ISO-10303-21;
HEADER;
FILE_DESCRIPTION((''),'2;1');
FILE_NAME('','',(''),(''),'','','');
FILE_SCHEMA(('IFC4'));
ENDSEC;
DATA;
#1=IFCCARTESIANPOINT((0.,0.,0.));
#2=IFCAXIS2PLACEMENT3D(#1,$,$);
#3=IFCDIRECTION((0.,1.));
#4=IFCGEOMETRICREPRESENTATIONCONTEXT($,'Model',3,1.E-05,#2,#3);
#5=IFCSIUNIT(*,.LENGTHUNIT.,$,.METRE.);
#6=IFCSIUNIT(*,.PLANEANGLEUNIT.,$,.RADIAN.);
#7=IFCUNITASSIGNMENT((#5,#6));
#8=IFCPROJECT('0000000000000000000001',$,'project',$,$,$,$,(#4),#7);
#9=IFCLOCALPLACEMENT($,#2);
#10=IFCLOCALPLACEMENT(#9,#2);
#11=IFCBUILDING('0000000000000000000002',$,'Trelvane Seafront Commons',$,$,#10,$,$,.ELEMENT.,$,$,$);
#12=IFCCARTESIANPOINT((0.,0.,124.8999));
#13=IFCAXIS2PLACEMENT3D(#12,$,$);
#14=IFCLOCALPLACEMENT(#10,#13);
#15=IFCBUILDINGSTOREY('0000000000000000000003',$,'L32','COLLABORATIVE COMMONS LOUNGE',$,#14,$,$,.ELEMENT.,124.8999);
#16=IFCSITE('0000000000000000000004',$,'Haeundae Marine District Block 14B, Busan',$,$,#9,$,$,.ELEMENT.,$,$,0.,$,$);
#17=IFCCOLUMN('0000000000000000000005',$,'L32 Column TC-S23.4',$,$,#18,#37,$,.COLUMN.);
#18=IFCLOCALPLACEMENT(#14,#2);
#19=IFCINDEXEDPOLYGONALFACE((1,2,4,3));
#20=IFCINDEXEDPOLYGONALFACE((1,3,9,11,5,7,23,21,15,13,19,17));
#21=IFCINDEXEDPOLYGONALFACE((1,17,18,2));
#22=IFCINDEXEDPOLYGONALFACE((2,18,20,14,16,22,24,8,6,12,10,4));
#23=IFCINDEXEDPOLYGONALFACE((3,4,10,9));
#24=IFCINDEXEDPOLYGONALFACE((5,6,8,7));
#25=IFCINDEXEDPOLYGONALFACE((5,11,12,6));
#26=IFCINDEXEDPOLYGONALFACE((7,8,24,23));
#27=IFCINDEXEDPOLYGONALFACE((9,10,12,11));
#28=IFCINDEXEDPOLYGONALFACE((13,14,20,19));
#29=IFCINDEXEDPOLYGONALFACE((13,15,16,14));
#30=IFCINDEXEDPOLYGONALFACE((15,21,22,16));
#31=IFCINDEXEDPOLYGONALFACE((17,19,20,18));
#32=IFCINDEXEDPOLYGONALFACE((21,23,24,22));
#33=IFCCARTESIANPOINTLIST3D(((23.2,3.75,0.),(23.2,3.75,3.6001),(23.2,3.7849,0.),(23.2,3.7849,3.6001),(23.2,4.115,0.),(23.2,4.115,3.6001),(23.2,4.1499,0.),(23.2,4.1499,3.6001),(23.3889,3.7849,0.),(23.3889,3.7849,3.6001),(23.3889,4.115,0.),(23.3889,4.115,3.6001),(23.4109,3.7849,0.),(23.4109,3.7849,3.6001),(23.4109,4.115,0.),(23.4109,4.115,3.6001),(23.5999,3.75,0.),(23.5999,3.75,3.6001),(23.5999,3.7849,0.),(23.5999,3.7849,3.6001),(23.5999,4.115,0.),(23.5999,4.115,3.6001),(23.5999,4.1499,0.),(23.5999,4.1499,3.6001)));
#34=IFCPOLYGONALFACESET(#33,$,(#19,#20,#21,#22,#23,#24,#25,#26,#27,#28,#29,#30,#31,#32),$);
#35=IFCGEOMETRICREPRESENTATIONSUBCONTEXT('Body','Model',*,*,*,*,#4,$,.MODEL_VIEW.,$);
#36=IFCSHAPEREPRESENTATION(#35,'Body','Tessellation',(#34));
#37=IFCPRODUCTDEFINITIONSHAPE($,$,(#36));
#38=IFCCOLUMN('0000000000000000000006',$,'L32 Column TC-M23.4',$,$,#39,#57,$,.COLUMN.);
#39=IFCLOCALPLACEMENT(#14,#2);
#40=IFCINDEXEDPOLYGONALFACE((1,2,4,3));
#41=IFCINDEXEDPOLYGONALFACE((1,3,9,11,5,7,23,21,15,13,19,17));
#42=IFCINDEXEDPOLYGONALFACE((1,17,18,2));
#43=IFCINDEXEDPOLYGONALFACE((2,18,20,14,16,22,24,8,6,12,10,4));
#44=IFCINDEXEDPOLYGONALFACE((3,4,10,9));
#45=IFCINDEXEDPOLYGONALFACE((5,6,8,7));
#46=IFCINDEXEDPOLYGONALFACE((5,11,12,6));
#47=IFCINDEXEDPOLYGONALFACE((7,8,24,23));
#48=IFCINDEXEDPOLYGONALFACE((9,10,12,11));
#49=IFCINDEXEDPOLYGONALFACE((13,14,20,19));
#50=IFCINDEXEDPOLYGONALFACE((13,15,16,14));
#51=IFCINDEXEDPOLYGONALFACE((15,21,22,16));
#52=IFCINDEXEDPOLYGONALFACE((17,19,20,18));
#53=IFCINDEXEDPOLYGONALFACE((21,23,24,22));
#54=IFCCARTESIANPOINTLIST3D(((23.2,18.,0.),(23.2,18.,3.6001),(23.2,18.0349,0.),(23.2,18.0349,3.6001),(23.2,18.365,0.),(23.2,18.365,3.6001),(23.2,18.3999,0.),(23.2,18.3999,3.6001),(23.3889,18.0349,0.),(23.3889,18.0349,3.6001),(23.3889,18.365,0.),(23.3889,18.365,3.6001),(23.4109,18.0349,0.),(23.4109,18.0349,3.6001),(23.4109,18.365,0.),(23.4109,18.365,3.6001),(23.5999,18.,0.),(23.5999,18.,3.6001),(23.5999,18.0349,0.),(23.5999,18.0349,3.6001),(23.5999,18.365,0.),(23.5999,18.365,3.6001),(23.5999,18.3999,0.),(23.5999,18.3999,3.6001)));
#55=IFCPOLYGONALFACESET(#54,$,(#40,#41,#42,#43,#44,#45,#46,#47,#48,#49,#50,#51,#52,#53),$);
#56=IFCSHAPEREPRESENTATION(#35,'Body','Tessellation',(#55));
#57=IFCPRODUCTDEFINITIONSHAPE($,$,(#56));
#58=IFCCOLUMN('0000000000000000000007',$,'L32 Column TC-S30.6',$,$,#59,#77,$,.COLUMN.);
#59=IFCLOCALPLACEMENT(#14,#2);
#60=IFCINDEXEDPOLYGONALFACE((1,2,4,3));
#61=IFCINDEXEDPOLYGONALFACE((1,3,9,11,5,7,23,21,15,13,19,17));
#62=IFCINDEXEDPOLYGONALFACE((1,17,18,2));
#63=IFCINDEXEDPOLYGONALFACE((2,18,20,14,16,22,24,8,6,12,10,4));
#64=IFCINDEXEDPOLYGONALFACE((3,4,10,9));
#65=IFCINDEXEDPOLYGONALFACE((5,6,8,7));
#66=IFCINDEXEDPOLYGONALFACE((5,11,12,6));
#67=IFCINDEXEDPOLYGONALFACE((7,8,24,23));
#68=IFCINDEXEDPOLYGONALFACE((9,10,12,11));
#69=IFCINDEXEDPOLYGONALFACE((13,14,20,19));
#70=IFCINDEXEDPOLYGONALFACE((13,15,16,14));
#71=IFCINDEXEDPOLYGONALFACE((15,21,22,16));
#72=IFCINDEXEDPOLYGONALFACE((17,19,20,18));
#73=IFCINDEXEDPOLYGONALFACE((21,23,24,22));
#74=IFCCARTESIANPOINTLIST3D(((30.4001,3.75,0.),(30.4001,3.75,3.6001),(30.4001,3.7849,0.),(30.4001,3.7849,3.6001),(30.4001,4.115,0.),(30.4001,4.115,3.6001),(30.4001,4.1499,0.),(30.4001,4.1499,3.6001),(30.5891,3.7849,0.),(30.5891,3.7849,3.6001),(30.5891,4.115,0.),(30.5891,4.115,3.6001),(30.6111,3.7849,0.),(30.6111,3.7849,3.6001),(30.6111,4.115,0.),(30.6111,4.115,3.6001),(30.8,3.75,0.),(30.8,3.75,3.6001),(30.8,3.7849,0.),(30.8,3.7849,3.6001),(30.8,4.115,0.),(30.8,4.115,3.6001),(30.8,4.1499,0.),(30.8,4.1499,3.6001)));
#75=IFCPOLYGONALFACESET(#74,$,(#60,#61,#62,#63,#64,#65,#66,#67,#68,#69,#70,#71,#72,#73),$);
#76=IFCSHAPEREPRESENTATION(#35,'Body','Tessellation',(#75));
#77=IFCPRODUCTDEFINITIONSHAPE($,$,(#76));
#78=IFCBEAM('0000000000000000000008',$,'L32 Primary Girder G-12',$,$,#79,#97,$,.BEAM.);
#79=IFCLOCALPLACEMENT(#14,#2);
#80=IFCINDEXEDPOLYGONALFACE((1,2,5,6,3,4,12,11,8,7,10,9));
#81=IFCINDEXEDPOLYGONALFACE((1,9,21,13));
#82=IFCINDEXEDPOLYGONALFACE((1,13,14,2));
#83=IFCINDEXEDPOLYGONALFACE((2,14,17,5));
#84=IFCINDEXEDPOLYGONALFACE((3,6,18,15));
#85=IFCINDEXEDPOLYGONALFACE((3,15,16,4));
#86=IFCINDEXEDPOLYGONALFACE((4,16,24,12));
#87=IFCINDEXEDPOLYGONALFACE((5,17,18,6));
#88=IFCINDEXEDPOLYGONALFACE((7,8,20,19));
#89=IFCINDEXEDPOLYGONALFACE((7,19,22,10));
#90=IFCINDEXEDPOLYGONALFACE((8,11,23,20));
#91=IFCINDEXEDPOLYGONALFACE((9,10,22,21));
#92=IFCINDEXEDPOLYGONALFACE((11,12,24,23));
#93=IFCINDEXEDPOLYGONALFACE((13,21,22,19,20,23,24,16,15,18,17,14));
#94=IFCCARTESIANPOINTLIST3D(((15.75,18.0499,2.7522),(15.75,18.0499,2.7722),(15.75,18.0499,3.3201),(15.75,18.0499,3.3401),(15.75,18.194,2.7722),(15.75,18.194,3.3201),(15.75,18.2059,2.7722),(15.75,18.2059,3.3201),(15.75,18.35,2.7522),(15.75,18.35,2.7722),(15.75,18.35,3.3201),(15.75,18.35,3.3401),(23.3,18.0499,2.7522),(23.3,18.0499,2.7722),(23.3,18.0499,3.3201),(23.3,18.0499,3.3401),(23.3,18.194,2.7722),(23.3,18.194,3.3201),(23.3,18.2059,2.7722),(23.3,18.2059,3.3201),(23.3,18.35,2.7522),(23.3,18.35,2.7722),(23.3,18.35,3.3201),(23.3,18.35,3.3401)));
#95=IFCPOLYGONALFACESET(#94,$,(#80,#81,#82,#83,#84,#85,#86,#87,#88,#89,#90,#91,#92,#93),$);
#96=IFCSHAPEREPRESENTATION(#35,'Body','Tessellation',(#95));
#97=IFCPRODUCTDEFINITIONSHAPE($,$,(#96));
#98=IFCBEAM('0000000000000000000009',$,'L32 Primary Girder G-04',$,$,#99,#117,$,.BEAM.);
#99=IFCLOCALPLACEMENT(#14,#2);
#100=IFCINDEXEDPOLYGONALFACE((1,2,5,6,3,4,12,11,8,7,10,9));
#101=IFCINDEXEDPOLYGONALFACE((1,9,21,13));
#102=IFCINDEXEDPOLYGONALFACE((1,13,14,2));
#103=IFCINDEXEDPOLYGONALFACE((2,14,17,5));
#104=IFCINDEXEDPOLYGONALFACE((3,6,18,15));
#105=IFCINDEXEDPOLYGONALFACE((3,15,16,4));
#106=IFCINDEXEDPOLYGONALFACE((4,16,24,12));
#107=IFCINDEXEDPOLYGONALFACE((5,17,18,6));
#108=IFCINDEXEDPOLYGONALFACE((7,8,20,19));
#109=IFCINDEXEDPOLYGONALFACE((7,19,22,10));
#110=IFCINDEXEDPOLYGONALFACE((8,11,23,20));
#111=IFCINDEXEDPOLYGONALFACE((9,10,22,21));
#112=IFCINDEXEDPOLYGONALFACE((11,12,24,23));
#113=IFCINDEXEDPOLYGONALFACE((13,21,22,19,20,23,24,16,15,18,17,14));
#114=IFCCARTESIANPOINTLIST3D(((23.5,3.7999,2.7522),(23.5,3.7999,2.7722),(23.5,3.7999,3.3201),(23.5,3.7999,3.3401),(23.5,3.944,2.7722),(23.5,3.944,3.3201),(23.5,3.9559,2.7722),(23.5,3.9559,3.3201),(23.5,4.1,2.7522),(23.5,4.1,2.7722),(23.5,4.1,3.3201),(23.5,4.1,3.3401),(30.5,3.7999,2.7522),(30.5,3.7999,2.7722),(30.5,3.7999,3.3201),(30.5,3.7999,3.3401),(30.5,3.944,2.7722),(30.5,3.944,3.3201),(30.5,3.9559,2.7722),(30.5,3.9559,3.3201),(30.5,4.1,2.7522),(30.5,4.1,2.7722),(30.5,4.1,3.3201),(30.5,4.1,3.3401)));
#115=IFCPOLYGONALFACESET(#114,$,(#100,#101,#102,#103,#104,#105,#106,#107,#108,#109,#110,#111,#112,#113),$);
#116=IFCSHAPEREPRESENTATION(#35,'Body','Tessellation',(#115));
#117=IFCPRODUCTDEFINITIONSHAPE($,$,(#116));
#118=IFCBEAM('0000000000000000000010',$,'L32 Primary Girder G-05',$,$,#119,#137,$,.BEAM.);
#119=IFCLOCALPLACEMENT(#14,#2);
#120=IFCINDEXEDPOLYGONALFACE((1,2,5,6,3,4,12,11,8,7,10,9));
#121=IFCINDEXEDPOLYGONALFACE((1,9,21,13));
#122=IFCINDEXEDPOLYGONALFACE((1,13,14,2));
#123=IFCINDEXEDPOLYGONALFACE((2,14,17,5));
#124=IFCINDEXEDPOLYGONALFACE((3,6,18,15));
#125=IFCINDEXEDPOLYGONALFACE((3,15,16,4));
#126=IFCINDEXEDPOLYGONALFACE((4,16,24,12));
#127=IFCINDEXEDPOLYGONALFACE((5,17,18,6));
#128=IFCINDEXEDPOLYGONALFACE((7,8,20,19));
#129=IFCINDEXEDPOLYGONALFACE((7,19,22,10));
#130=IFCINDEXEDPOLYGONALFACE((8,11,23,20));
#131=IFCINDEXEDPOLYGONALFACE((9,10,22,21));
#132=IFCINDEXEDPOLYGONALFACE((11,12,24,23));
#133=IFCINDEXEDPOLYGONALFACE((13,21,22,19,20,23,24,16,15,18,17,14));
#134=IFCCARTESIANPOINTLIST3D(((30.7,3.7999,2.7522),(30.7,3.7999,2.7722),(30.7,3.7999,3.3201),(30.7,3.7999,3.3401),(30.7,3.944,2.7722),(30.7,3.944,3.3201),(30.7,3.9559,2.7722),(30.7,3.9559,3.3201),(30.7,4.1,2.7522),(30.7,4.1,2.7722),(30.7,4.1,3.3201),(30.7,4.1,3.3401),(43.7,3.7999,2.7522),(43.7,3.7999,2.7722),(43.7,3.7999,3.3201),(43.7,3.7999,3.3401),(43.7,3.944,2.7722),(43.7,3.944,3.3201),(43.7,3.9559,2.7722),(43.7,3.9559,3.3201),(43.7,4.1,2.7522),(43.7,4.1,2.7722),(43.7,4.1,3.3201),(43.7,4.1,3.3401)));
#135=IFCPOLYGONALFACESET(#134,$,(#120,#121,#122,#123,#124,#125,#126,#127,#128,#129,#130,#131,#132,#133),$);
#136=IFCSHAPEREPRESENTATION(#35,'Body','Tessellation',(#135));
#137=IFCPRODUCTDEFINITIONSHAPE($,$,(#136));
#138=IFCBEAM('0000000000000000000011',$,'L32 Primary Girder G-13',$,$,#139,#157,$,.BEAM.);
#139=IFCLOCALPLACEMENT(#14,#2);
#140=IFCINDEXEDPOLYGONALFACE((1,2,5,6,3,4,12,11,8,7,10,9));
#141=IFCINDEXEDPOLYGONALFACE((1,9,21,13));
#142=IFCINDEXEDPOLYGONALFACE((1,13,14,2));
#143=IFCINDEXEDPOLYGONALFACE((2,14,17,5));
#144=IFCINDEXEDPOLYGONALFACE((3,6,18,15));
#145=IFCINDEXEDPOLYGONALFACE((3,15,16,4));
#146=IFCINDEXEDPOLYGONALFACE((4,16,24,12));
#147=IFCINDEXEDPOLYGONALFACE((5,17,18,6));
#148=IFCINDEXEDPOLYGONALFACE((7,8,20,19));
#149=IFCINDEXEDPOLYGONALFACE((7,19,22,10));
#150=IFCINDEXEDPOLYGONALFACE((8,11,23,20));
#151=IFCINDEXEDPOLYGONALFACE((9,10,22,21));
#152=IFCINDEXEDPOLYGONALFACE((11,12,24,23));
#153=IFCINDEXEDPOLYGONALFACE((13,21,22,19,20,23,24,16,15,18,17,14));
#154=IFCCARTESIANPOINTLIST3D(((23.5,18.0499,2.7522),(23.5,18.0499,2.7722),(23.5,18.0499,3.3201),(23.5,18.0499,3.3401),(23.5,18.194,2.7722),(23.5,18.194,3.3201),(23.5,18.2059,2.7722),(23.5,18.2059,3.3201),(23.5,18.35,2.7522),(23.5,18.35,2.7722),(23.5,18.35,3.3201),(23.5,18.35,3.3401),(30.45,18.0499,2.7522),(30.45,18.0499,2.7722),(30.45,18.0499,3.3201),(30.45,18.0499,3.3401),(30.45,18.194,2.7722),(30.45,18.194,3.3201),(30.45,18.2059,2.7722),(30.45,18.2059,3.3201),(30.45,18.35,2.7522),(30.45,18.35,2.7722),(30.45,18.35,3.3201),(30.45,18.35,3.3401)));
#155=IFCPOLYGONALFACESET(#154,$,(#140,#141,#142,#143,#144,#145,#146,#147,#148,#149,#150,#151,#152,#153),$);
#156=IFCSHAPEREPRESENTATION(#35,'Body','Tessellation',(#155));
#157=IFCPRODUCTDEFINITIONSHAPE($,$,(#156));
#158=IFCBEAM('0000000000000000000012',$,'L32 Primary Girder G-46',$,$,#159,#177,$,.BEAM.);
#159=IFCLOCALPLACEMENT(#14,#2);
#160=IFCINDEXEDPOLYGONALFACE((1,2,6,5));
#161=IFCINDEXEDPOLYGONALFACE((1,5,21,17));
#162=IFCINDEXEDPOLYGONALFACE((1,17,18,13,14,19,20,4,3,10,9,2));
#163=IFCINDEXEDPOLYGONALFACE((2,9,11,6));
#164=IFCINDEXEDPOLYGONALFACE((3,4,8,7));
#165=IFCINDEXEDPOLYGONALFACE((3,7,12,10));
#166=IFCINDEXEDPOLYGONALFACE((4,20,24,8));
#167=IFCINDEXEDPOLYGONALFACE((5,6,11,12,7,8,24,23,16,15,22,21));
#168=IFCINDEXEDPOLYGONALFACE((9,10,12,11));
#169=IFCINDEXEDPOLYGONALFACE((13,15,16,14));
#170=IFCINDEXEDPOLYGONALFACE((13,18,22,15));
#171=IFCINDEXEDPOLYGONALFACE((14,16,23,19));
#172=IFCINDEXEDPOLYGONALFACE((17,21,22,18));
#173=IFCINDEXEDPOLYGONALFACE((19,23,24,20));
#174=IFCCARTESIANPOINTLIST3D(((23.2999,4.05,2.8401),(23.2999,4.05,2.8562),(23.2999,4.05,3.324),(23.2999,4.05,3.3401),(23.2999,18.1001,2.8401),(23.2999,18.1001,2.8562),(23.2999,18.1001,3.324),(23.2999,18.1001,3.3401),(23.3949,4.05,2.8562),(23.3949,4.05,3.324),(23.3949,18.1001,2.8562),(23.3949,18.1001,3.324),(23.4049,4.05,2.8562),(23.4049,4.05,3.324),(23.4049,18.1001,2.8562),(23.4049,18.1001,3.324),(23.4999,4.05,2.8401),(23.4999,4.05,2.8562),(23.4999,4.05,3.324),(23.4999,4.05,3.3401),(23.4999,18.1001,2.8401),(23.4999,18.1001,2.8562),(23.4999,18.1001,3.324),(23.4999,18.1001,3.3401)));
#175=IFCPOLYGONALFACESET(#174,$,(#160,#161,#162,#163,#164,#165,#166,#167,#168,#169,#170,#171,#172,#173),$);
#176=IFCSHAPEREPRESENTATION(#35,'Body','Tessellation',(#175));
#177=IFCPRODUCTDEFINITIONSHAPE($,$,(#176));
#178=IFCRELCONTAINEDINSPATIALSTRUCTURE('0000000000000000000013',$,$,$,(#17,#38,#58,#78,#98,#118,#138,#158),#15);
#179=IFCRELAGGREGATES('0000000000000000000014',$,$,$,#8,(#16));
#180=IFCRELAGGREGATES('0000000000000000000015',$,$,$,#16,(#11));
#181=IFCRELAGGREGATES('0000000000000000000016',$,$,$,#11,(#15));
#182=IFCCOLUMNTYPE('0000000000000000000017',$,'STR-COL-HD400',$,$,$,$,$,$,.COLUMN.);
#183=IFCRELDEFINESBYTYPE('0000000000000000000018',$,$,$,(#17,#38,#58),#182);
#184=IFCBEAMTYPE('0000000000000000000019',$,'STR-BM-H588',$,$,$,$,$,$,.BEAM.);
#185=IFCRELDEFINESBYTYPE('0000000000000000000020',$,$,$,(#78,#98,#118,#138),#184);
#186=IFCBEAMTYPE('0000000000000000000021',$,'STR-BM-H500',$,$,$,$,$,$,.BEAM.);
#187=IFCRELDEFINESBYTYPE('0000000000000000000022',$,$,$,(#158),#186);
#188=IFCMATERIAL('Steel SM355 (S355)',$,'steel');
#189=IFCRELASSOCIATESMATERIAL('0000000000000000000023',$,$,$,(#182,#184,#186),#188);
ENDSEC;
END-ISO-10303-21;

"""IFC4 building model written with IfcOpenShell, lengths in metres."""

from ifc_helpers import new_model, si_unit, direction, frame, origin, origin_2d, place, context, subcontext, project, spatial, i_section, extrude, source, transform, mapped, material, material_profile, profile_set, type_object, element, save


model = new_model("IFC4")

# Units and contexts
model_context = context("Model", 3, precision=1e-05, world=origin(), true_north=direction((0.0, 1.0)))
body_context = subcontext(model_context, "Body", "Model", "MODEL_VIEW")
ifc_project = project(units=[si_unit("LENGTHUNIT", "METRE"), si_unit("PLANEANGLEUNIT", "RADIAN")], contexts=[model_context])

# Site, building, storey
site_placement = place(None, origin())
site = spatial("IfcSite", under=ifc_project, at=site_placement, Name="Haeundae Marine District Block 14B, Busan", CompositionType="ELEMENT", RefElevation=0.0)
building_placement = place(site_placement, origin())
building = spatial("IfcBuilding", under=site, at=building_placement, Name="Trelvane Seafront Commons", CompositionType="ELEMENT")
storey_placement = place(building_placement, frame((0.0, 0.0, 124.8999)))
storey = spatial("IfcBuildingStorey", under=building, at=storey_placement, Name="L32", Description="COLLABORATIVE COMMONS LOUNGE", CompositionType="ELEMENT", Elevation=124.8999)

# Columns
ifc_material_1 = material(Name="Steel SM355 (S355)", Category="steel")
ifc_material_profile_1 = material_profile(ifc_material_1, i_section(OverallWidth=0.3999, OverallDepth=0.3999, WebThickness=0.022, FlangeThickness=0.0349, at=origin_2d()), Name="HD-400x400x22x35")
ifc_profile_set_1 = profile_set([ifc_material_profile_1], Name="Steel SM355 (S355)")
column_type = type_object("IfcColumnType", Name="STR-COL-HD400", PredefinedType="COLUMN", material=ifc_profile_set_1)
shared_shape_1 = source(origin(), body_context, "Body", "SweptSolid", [
    extrude(i_section(OverallWidth=0.3999, OverallDepth=0.3999, WebThickness=0.022, FlangeThickness=0.0349, at=origin_2d()), origin(), (0.0, 0.0, 1.0), 3.6001),
])
for number, where, z_axis, x_axis, name in (
    (1, (23.3999, 3.95, 0.0), (0.0, 0.0, 1.0), (1.0, 0.0, 0.0), "L32 Column TC-S23.4"),
    (2, (23.3999, 18.2, 0.0), (0.0, 0.0, 1.0), (1.0, 0.0, 0.0), "L32 Column TC-M23.4"),
    (3, (30.6001, 3.95, 0.0), (0.0, 0.0, 1.0), (1.0, 0.0, 0.0), "L32 Column TC-S30.6"),
):
    element("IfcColumn", number, at=place(storey_placement, frame(where, z_axis=z_axis, x_axis=x_axis)), inside=storey, type_object=column_type, Name=name, PredefinedType="COLUMN", context=body_context, shape_type="MappedRepresentation", body=[
        mapped(shared_shape_1, transform((0.0, 0.0, 0.0), x_axis=(1.0, 0.0, 0.0), y_axis=(0.0, 1.0, 0.0), z_axis=(0.0, 0.0, 1.0), scale=1.0)),
    ])

# Beams
ifc_material_profile_2 = material_profile(ifc_material_1, i_section(OverallWidth=0.3, OverallDepth=0.5879, WebThickness=0.012, FlangeThickness=0.02, at=origin_2d()), Name="H-588x300x12x20")
ifc_profile_set_2 = profile_set([ifc_material_profile_2], Name="Steel SM355 (S355)")
beam_type_1 = type_object("IfcBeamType", Name="STR-BM-H588", PredefinedType="BEAM", material=ifc_profile_set_2)
shared_shape_2 = source(origin(), body_context, "Body", "SweptSolid", [
    extrude(i_section(OverallWidth=0.3, OverallDepth=0.5879, WebThickness=0.012, FlangeThickness=0.02, at=origin_2d()), origin(), (0.0, 0.0, 1.0), 7.55),
])
beam_1_placement = place(storey_placement, frame((15.75, 18.2, 3.0461), z_axis=(1.0, 0.0, 0.0), x_axis=(0.0, 1.0, 0.0)))
element("IfcBeam", 4, at=beam_1_placement, inside=storey, type_object=beam_type_1, Name="L32 Primary Girder G-12", PredefinedType="BEAM", context=body_context, shape_type="MappedRepresentation", body=[
    mapped(shared_shape_2, transform((0.0, 0.0, 0.0), x_axis=(1.0, 0.0, 0.0), y_axis=(0.0, 1.0, 0.0), z_axis=(0.0, 0.0, 1.0), scale=1.0)),
])
shared_shape_3 = source(origin(), body_context, "Body", "SweptSolid", [
    extrude(i_section(OverallWidth=0.3, OverallDepth=0.5879, WebThickness=0.012, FlangeThickness=0.02, at=origin_2d()), origin(), (0.0, 0.0, 1.0), 7.0),
])
beam_2_placement = place(storey_placement, frame((23.5, 3.95, 3.0461), z_axis=(1.0, 0.0, 0.0), x_axis=(0.0, 1.0, 0.0)))
element("IfcBeam", 5, at=beam_2_placement, inside=storey, type_object=beam_type_1, Name="L32 Primary Girder G-04", PredefinedType="BEAM", context=body_context, shape_type="MappedRepresentation", body=[
    mapped(shared_shape_3, transform((0.0, 0.0, 0.0), x_axis=(1.0, 0.0, 0.0), y_axis=(0.0, 1.0, 0.0), z_axis=(0.0, 0.0, 1.0), scale=1.0)),
])
shared_shape_4 = source(origin(), body_context, "Body", "SweptSolid", [
    extrude(i_section(OverallWidth=0.3, OverallDepth=0.5879, WebThickness=0.012, FlangeThickness=0.02, at=origin_2d()), origin(), (0.0, 0.0, 1.0), 13.0),
])
beam_3_placement = place(storey_placement, frame((30.7, 3.95, 3.0461), z_axis=(1.0, 0.0, 0.0), x_axis=(0.0, 1.0, 0.0)))
element("IfcBeam", 6, at=beam_3_placement, inside=storey, type_object=beam_type_1, Name="L32 Primary Girder G-05", PredefinedType="BEAM", context=body_context, shape_type="MappedRepresentation", body=[
    mapped(shared_shape_4, transform((0.0, 0.0, 0.0), x_axis=(1.0, 0.0, 0.0), y_axis=(0.0, 1.0, 0.0), z_axis=(0.0, 0.0, 1.0), scale=1.0)),
])
shared_shape_5 = source(origin(), body_context, "Body", "SweptSolid", [
    extrude(i_section(OverallWidth=0.3, OverallDepth=0.5879, WebThickness=0.012, FlangeThickness=0.02, at=origin_2d()), origin(), (0.0, 0.0, 1.0), 6.95),
])
beam_4_placement = place(storey_placement, frame((23.5, 18.2, 3.0461), z_axis=(1.0, 0.0, 0.0), x_axis=(0.0, 1.0, 0.0)))
element("IfcBeam", 7, at=beam_4_placement, inside=storey, type_object=beam_type_1, Name="L32 Primary Girder G-13", PredefinedType="BEAM", context=body_context, shape_type="MappedRepresentation", body=[
    mapped(shared_shape_5, transform((0.0, 0.0, 0.0), x_axis=(1.0, 0.0, 0.0), y_axis=(0.0, 1.0, 0.0), z_axis=(0.0, 0.0, 1.0), scale=1.0)),
])
ifc_material_profile_3 = material_profile(ifc_material_1, i_section(OverallWidth=0.2, OverallDepth=0.5, WebThickness=0.01, FlangeThickness=0.0161, at=origin_2d()), Name="H-500x200x10x16")
ifc_profile_set_3 = profile_set([ifc_material_profile_3], Name="Steel SM355 (S355)")
beam_type_2 = type_object("IfcBeamType", Name="STR-BM-H500", PredefinedType="BEAM", material=ifc_profile_set_3)
shared_shape_6 = source(origin(), body_context, "Body", "SweptSolid", [
    extrude(i_section(OverallWidth=0.2, OverallDepth=0.5, WebThickness=0.01, FlangeThickness=0.0161, at=origin_2d()), origin(), (0.0, 0.0, 1.0), 14.05),
])
beam_5_placement = place(storey_placement, frame((23.3999, 4.05, 3.0901), z_axis=(0.0, 1.0, 0.0), x_axis=(-1.0, 0.0, 0.0)))
element("IfcBeam", 8, at=beam_5_placement, inside=storey, type_object=beam_type_2, Name="L32 Primary Girder G-46", PredefinedType="BEAM", context=body_context, shape_type="MappedRepresentation", body=[
    mapped(shared_shape_6, transform((0.0, 0.0, 0.0), x_axis=(1.0, 0.0, 0.0), y_axis=(0.0, 1.0, 0.0), z_axis=(0.0, 0.0, 1.0), scale=1.0)),
])

save(model, "model.ifc")
